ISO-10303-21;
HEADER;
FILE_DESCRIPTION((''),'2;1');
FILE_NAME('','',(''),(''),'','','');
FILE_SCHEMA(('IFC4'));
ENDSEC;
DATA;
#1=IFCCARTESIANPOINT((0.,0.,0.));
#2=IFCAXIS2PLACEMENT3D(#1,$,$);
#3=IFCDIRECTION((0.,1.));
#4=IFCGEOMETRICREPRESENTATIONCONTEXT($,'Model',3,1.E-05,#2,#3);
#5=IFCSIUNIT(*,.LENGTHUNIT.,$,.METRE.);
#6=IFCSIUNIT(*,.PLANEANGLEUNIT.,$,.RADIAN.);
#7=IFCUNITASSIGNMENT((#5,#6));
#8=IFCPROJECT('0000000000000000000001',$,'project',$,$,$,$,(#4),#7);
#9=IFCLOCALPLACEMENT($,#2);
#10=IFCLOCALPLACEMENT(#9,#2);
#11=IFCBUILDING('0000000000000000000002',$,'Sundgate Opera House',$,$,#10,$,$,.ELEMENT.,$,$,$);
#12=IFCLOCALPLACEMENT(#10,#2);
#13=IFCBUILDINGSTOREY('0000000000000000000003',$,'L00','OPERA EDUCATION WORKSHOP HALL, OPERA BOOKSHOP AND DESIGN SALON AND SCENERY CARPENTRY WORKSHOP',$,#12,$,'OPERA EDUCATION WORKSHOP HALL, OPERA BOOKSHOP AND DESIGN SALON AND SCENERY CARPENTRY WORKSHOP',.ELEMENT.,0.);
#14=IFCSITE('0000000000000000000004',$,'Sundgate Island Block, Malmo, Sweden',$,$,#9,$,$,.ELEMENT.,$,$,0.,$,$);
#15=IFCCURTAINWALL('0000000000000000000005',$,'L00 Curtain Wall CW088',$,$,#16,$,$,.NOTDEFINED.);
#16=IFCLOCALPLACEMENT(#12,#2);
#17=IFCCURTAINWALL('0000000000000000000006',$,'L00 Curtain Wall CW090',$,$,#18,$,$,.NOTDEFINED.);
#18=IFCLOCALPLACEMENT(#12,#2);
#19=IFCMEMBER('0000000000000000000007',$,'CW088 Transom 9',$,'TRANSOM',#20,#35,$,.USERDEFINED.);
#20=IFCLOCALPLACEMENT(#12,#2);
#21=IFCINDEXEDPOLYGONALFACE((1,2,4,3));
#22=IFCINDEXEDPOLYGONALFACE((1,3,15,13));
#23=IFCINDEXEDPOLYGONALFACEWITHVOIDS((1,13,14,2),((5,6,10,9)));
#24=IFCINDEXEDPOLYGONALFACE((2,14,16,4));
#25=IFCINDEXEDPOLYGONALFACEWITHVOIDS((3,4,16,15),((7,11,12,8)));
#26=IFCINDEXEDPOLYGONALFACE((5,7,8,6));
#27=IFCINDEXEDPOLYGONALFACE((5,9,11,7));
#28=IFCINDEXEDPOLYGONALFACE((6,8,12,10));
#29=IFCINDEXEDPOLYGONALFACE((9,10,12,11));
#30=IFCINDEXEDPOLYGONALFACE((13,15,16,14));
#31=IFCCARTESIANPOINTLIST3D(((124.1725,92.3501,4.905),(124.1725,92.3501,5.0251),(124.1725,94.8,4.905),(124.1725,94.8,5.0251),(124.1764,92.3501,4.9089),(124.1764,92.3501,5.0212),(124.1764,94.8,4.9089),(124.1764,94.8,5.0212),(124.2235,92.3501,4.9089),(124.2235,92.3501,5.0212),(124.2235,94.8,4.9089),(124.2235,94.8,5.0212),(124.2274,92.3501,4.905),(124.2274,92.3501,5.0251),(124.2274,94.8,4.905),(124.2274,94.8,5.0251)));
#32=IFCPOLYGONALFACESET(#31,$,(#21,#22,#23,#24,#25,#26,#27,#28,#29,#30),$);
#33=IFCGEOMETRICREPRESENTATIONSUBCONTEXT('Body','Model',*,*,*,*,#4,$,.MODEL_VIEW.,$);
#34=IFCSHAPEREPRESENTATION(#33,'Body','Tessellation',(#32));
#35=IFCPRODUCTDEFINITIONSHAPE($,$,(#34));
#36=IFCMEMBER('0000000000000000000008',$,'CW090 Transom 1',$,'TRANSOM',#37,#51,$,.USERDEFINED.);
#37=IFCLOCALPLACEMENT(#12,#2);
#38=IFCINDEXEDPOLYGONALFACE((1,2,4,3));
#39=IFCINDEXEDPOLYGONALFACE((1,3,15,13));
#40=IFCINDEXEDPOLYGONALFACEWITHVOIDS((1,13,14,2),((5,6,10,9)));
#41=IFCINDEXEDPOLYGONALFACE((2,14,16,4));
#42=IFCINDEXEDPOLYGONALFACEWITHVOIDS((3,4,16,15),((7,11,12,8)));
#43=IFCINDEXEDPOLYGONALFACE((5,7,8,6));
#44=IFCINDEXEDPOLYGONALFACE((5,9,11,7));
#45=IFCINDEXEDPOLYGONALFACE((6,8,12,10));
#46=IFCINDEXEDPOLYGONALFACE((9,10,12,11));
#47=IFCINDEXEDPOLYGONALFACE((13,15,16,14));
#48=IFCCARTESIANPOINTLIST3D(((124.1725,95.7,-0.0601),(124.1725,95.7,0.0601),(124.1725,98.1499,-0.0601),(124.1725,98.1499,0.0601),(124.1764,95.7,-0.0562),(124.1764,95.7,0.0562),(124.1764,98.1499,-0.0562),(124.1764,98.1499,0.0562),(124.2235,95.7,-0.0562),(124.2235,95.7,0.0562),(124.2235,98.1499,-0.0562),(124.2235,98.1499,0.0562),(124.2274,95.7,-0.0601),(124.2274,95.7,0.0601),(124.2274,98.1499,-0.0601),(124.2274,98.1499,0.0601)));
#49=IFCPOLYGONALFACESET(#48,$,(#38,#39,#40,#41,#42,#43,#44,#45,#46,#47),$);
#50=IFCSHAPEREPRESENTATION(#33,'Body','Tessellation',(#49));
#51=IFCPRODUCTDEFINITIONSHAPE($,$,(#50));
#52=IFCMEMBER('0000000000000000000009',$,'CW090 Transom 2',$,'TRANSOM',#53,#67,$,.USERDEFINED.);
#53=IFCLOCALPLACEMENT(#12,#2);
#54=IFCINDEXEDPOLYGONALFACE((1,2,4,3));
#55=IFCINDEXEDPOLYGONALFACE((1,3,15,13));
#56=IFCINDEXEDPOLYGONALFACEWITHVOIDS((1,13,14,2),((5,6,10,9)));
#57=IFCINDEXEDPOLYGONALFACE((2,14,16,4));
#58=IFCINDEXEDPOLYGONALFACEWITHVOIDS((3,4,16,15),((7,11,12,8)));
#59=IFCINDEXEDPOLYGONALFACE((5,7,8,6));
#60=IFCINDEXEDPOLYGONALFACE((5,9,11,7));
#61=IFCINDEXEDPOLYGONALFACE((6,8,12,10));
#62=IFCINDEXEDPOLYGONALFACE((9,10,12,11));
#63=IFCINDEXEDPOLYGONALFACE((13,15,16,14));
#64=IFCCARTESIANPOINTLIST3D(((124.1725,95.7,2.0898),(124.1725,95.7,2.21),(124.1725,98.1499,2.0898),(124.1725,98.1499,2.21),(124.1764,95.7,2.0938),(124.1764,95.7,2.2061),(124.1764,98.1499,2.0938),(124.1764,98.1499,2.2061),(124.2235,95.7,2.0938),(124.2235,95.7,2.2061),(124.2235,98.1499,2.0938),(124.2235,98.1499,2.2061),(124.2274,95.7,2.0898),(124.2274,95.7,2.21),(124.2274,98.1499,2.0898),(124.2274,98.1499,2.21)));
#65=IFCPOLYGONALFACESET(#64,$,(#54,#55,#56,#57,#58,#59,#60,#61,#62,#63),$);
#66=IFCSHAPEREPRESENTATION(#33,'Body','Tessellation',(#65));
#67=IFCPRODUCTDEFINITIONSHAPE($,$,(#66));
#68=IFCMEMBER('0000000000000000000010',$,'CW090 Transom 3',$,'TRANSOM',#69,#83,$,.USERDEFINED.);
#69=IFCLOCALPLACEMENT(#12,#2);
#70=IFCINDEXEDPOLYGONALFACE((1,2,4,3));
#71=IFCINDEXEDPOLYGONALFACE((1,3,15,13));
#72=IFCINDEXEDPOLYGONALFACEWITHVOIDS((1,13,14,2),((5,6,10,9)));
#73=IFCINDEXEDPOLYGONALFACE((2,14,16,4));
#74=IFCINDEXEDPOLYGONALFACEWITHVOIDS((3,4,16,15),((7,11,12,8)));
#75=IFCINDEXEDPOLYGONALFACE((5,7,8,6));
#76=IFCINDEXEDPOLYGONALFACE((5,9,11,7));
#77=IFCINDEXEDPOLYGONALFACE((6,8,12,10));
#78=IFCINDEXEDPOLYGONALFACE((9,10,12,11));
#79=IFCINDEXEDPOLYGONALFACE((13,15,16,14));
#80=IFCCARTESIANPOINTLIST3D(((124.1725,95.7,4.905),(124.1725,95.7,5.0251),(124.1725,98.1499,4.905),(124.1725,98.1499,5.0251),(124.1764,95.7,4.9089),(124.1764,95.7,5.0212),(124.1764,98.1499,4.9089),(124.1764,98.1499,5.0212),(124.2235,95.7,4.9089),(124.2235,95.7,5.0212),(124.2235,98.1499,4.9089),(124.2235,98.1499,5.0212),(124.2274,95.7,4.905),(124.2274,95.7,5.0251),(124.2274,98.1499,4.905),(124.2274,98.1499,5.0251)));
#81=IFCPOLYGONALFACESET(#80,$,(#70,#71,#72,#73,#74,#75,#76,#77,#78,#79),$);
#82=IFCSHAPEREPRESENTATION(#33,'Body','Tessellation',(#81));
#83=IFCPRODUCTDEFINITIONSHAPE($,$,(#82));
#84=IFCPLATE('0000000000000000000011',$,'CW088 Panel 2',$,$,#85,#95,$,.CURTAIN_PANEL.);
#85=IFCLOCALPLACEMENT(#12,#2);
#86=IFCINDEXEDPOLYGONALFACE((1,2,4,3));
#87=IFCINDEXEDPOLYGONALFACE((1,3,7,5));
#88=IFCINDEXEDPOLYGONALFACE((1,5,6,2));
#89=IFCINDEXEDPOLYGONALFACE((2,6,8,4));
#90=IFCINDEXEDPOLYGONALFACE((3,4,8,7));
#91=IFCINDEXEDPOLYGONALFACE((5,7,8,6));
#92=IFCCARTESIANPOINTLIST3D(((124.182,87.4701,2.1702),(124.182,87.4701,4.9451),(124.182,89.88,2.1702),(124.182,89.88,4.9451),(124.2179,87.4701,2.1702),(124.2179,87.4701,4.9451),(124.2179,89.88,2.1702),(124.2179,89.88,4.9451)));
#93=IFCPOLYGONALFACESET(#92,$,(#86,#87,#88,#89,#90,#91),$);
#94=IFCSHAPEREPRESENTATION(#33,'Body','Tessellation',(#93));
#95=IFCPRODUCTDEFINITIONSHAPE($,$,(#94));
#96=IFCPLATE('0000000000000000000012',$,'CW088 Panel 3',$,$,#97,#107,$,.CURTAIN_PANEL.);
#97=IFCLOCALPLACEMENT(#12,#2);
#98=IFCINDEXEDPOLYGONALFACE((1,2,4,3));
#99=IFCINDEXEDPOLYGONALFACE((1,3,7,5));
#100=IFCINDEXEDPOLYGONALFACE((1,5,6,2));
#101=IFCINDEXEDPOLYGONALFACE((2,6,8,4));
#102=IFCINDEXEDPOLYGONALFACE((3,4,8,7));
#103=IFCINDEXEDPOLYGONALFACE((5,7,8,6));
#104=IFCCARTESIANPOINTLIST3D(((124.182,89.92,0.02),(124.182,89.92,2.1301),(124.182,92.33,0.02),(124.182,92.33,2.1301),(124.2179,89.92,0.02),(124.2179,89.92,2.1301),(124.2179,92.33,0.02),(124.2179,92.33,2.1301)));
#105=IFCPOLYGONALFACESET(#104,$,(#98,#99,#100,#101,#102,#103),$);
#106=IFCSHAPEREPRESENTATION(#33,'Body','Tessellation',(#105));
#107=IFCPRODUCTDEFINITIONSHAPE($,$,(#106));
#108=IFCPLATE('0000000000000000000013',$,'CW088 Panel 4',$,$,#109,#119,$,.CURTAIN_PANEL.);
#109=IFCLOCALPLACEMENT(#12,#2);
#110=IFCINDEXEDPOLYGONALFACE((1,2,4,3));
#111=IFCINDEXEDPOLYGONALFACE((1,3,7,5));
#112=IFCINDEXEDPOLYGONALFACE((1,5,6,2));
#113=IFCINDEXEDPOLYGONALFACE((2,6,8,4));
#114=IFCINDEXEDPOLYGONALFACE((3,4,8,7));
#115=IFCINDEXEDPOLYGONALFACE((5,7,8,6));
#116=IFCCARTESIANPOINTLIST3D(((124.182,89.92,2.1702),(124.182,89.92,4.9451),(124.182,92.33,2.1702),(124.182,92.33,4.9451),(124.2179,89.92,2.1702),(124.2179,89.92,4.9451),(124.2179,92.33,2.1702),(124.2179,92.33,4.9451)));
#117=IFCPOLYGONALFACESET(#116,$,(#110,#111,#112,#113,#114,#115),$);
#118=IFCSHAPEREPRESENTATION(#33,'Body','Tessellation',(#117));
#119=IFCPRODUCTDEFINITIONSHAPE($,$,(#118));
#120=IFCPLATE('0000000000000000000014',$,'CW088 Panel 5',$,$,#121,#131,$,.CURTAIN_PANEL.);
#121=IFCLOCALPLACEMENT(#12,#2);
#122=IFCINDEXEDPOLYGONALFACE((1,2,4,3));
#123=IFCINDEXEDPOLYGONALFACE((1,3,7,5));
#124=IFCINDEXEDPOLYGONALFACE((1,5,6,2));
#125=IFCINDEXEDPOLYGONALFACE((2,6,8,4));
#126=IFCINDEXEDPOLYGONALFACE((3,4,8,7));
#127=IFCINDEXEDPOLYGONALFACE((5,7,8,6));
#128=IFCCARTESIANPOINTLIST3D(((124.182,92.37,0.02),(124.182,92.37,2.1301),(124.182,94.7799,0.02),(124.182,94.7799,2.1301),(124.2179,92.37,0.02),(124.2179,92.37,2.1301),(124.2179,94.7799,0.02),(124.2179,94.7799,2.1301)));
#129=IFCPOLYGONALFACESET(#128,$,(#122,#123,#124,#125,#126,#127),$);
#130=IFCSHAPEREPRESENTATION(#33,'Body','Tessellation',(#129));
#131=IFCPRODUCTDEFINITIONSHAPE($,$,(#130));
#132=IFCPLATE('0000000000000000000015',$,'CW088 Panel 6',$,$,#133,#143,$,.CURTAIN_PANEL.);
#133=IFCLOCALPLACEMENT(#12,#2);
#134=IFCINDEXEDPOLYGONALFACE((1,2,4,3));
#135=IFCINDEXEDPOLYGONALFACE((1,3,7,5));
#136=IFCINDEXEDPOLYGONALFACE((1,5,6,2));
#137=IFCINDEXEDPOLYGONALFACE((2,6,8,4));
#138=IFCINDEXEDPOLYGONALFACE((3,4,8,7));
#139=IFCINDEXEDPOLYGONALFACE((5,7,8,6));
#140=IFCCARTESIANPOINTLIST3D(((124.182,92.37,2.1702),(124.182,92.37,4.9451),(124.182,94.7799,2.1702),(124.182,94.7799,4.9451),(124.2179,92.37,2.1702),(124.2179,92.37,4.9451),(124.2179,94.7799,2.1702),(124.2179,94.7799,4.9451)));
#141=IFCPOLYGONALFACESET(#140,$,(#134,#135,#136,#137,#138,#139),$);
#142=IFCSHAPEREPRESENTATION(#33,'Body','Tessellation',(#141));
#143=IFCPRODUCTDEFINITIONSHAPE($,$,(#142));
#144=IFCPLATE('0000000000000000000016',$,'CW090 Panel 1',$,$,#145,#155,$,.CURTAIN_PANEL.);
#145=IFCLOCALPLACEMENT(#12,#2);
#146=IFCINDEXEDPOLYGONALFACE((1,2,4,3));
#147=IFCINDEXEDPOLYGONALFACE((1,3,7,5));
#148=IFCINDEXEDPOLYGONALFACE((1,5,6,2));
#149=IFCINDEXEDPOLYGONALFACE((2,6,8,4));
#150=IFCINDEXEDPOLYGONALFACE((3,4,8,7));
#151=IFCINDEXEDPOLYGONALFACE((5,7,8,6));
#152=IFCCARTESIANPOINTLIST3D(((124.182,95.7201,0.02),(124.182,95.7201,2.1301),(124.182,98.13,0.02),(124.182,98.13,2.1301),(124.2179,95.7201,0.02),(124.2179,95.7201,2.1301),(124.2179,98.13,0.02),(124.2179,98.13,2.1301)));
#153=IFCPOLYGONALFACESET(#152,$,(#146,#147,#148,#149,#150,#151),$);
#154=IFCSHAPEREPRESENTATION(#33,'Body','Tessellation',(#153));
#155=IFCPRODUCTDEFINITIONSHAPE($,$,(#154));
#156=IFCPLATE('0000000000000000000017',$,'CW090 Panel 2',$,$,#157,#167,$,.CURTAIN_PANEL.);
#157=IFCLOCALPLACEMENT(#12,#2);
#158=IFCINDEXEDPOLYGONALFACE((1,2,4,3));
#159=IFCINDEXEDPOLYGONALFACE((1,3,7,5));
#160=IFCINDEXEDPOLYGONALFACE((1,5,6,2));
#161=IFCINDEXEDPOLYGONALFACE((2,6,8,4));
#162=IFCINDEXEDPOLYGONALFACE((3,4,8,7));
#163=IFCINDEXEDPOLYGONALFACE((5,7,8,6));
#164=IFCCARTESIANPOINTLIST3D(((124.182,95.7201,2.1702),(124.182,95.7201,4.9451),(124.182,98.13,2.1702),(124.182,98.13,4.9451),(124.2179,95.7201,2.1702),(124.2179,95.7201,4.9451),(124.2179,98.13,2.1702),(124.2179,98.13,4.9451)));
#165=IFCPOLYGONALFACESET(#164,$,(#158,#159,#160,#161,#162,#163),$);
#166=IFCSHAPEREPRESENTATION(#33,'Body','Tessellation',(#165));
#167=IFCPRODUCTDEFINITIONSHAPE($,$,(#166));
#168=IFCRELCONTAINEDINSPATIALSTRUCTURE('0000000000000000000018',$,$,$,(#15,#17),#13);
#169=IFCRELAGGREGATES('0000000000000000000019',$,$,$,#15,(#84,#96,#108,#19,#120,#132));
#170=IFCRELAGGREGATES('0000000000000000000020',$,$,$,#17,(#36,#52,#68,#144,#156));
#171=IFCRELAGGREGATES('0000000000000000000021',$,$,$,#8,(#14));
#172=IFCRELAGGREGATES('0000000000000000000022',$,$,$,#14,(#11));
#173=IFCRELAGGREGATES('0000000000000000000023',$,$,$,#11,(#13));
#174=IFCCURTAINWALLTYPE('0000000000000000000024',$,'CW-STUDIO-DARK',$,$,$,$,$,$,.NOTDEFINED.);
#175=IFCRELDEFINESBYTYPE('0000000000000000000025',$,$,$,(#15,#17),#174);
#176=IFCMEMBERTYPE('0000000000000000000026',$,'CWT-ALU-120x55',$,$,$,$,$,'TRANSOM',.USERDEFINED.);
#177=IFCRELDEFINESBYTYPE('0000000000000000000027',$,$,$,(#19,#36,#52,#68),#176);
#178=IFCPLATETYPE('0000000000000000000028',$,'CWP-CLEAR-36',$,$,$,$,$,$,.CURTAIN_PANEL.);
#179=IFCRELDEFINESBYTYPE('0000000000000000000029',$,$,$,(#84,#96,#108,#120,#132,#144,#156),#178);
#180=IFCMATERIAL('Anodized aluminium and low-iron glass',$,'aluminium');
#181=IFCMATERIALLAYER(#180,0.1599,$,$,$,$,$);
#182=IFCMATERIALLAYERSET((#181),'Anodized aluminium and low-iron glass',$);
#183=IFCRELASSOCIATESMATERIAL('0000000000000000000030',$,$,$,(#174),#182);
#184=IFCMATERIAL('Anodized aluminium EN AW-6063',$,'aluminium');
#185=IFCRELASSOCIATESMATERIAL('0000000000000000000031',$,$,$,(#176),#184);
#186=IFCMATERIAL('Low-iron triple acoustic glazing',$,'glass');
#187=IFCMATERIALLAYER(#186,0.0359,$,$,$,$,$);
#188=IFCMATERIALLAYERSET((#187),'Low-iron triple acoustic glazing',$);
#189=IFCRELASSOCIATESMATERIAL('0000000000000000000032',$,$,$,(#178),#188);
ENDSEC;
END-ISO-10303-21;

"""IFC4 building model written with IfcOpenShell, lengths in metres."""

from ifc_helpers import new_model, si_unit, direction, frame, origin, origin_2d, place, context, subcontext, project, spatial, rectangle, hollow_rectangle, extrude, material, layer, layer_set, material_profile, profile_set, type_object, element, aggregate, save


model = new_model("IFC4")

# Units and contexts
model_context = context("Model", 3, precision=1e-05, world=origin(), true_north=direction((0.0, 1.0)))
body_context = subcontext(model_context, "Body", "Model", "MODEL_VIEW")
ifc_project = project(units=[si_unit("LENGTHUNIT", "METRE"), si_unit("PLANEANGLEUNIT", "RADIAN")], contexts=[model_context])

# Site, building, storey
site_placement = place(None, origin())
site = spatial("IfcSite", under=ifc_project, at=site_placement, Name="Sundgate Island Block, Malmo, Sweden", CompositionType="ELEMENT", RefElevation=0.0)
building_placement = place(site_placement, origin())
building = spatial("IfcBuilding", under=site, at=building_placement, Name="Sundgate Opera House", CompositionType="ELEMENT")
storey_placement = place(building_placement, origin())
storey = spatial("IfcBuildingStorey", under=building, at=storey_placement, Name="L00", Description="OPERA EDUCATION WORKSHOP HALL, OPERA BOOKSHOP AND DESIGN SALON AND SCENERY CARPENTRY WORKSHOP", LongName="OPERA EDUCATION WORKSHOP HALL, OPERA BOOKSHOP AND DESIGN SALON AND SCENERY CARPENTRY WORKSHOP", CompositionType="ELEMENT", Elevation=0.0)

# Curtain wall
ifc_material_1 = material(Name="Anodized aluminium and low-iron glass", Category="aluminium")
ifc_layer_1 = layer(ifc_material_1, 0.1599)
ifc_layer_set_1 = layer_set([ifc_layer_1], Name="Anodized aluminium and low-iron glass")
curtain_wall_type = type_object("IfcCurtainWallType", Name="CW-STUDIO-DARK", PredefinedType="NOTDEFINED", material=ifc_layer_set_1)
curtain_wall_1_placement = place(storey_placement, origin())
curtain_wall_1 = element("IfcCurtainWall", 1, at=curtain_wall_1_placement, inside=storey, type_object=curtain_wall_type, Name="L00 Curtain Wall CW088", PredefinedType="NOTDEFINED")

# Curtain wall
curtain_wall_2_placement = place(storey_placement, origin())
curtain_wall_2 = element("IfcCurtainWall", 2, at=curtain_wall_2_placement, inside=storey, type_object=curtain_wall_type, Name="L00 Curtain Wall CW090", PredefinedType="NOTDEFINED")

# Members
ifc_material_2 = material(Name="Anodized aluminium EN AW-6063", Category="aluminium")
ifc_material_profile_1 = material_profile(ifc_material_2, hollow_rectangle(XDim=0.0549, YDim=0.1201, WallThickness=0.0039, at=origin_2d()), Name="CWT 120x55x4")
ifc_profile_set_1 = profile_set([ifc_material_profile_1], Name="Anodized aluminium EN AW-6063")
member_type_1 = type_object("IfcMemberType", Name="CWT-ALU-120x55", ElementType="TRANSOM", PredefinedType="USERDEFINED", material=ifc_profile_set_1)
member_1_placement = place(storey_placement, frame((124.2, 92.3501, 4.9651), z_axis=(0.0, 1.0, 0.0), x_axis=(-1.0, 0.0, 0.0)))
member_1 = element("IfcMember", 3, at=member_1_placement, type_object=member_type_1, Name="CW088 Transom 9", ObjectType="TRANSOM", PredefinedType="USERDEFINED", context=body_context, shape_type="SweptSolid", body=[
    extrude(hollow_rectangle(XDim=0.0549, YDim=0.1201, WallThickness=0.0039, at=origin_2d()), origin(), (0.0, 0.0, 1.0), 2.45),
])
member_2_placement = place(storey_placement, frame((124.2, 95.7, 0.0), z_axis=(0.0, 1.0, 0.0), x_axis=(-1.0, 0.0, 0.0)))
member_2 = element("IfcMember", 4, at=member_2_placement, type_object=member_type_1, Name="CW090 Transom 1", ObjectType="TRANSOM", PredefinedType="USERDEFINED", context=body_context, shape_type="SweptSolid", body=[
    extrude(hollow_rectangle(XDim=0.0549, YDim=0.1201, WallThickness=0.0039, at=origin_2d()), origin(), (0.0, 0.0, 1.0), 2.45),
])
member_3_placement = place(storey_placement, frame((124.2, 95.7, 2.1499), z_axis=(0.0, 1.0, 0.0), x_axis=(-1.0, 0.0, 0.0)))
member_3 = element("IfcMember", 5, at=member_3_placement, type_object=member_type_1, Name="CW090 Transom 2", ObjectType="TRANSOM", PredefinedType="USERDEFINED", context=body_context, shape_type="SweptSolid", body=[
    extrude(hollow_rectangle(XDim=0.0549, YDim=0.1201, WallThickness=0.0039, at=origin_2d()), origin(), (0.0, 0.0, 1.0), 2.45),
])
member_4_placement = place(storey_placement, frame((124.2, 95.7, 4.9651), z_axis=(0.0, 1.0, 0.0), x_axis=(-1.0, 0.0, 0.0)))
member_4 = element("IfcMember", 6, at=member_4_placement, type_object=member_type_1, Name="CW090 Transom 3", ObjectType="TRANSOM", PredefinedType="USERDEFINED", context=body_context, shape_type="SweptSolid", body=[
    extrude(hollow_rectangle(XDim=0.0549, YDim=0.1201, WallThickness=0.0039, at=origin_2d()), origin(), (0.0, 0.0, 1.0), 2.45),
])

# Plates
ifc_material_3 = material(Name="Low-iron triple acoustic glazing", Category="glass")
ifc_layer_2 = layer(ifc_material_3, 0.0359)
ifc_layer_set_2 = layer_set([ifc_layer_2], Name="Low-iron triple acoustic glazing")
plate_type = type_object("IfcPlateType", Name="CWP-CLEAR-36", PredefinedType="CURTAIN_PANEL", material=ifc_layer_set_2)
plate_1_placement = place(storey_placement, frame((124.2, 88.675, 2.1702), z_axis=(0.0, 0.0, 1.0), x_axis=(0.0, 1.0, 0.0)))
plate_1 = element("IfcPlate", 7, at=plate_1_placement, type_object=plate_type, Name="CW088 Panel 2", PredefinedType="CURTAIN_PANEL", context=body_context, shape_type="SweptSolid", body=[
    extrude(rectangle(XDim=2.4099, YDim=0.0359, at=origin_2d()), origin(), (0.0, 0.0, 1.0), 2.7749),
])
plate_2_placement = place(storey_placement, frame((124.2, 91.125, 0.02), z_axis=(0.0, 0.0, 1.0), x_axis=(0.0, 1.0, 0.0)))
plate_2 = element("IfcPlate", 8, at=plate_2_placement, type_object=plate_type, Name="CW088 Panel 3", PredefinedType="CURTAIN_PANEL", context=body_context, shape_type="SweptSolid", body=[
    extrude(rectangle(XDim=2.4099, YDim=0.0359, at=origin_2d()), origin(), (0.0, 0.0, 1.0), 2.1101),
])
plate_3_placement = place(storey_placement, frame((124.2, 91.125, 2.1702), z_axis=(0.0, 0.0, 1.0), x_axis=(0.0, 1.0, 0.0)))
plate_3 = element("IfcPlate", 9, at=plate_3_placement, type_object=plate_type, Name="CW088 Panel 4", PredefinedType="CURTAIN_PANEL", context=body_context, shape_type="SweptSolid", body=[
    extrude(rectangle(XDim=2.4099, YDim=0.0359, at=origin_2d()), origin(), (0.0, 0.0, 1.0), 2.7749),
])
plate_4_placement = place(storey_placement, frame((124.2, 93.575, 0.02), z_axis=(0.0, 0.0, 1.0), x_axis=(0.0, 1.0, 0.0)))
plate_4 = element("IfcPlate", 10, at=plate_4_placement, type_object=plate_type, Name="CW088 Panel 5", PredefinedType="CURTAIN_PANEL", context=body_context, shape_type="SweptSolid", body=[
    extrude(rectangle(XDim=2.4099, YDim=0.0359, at=origin_2d()), origin(), (0.0, 0.0, 1.0), 2.1101),
])
plate_5_placement = place(storey_placement, frame((124.2, 93.575, 2.1702), z_axis=(0.0, 0.0, 1.0), x_axis=(0.0, 1.0, 0.0)))
plate_5 = element("IfcPlate", 11, at=plate_5_placement, type_object=plate_type, Name="CW088 Panel 6", PredefinedType="CURTAIN_PANEL", context=body_context, shape_type="SweptSolid", body=[
    extrude(rectangle(XDim=2.4099, YDim=0.0359, at=origin_2d()), origin(), (0.0, 0.0, 1.0), 2.7749),
])
aggregate(curtain_wall_1, [plate_1, plate_2, plate_3, member_1, plate_4, plate_5])
plate_6_placement = place(storey_placement, frame((124.2, 96.925, 0.02), z_axis=(0.0, 0.0, 1.0), x_axis=(0.0, 1.0, 0.0)))
plate_6 = element("IfcPlate", 12, at=plate_6_placement, type_object=plate_type, Name="CW090 Panel 1", PredefinedType="CURTAIN_PANEL", context=body_context, shape_type="SweptSolid", body=[
    extrude(rectangle(XDim=2.4099, YDim=0.0359, at=origin_2d()), origin(), (0.0, 0.0, 1.0), 2.1101),
])
plate_7_placement = place(storey_placement, frame((124.2, 96.925, 2.1702), z_axis=(0.0, 0.0, 1.0), x_axis=(0.0, 1.0, 0.0)))
plate_7 = element("IfcPlate", 13, at=plate_7_placement, type_object=plate_type, Name="CW090 Panel 2", PredefinedType="CURTAIN_PANEL", context=body_context, shape_type="SweptSolid", body=[
    extrude(rectangle(XDim=2.4099, YDim=0.0359, at=origin_2d()), origin(), (0.0, 0.0, 1.0), 2.7749),
])
aggregate(curtain_wall_2, [member_2, member_3, member_4, plate_6, plate_7])

save(model, "model.ifc")
